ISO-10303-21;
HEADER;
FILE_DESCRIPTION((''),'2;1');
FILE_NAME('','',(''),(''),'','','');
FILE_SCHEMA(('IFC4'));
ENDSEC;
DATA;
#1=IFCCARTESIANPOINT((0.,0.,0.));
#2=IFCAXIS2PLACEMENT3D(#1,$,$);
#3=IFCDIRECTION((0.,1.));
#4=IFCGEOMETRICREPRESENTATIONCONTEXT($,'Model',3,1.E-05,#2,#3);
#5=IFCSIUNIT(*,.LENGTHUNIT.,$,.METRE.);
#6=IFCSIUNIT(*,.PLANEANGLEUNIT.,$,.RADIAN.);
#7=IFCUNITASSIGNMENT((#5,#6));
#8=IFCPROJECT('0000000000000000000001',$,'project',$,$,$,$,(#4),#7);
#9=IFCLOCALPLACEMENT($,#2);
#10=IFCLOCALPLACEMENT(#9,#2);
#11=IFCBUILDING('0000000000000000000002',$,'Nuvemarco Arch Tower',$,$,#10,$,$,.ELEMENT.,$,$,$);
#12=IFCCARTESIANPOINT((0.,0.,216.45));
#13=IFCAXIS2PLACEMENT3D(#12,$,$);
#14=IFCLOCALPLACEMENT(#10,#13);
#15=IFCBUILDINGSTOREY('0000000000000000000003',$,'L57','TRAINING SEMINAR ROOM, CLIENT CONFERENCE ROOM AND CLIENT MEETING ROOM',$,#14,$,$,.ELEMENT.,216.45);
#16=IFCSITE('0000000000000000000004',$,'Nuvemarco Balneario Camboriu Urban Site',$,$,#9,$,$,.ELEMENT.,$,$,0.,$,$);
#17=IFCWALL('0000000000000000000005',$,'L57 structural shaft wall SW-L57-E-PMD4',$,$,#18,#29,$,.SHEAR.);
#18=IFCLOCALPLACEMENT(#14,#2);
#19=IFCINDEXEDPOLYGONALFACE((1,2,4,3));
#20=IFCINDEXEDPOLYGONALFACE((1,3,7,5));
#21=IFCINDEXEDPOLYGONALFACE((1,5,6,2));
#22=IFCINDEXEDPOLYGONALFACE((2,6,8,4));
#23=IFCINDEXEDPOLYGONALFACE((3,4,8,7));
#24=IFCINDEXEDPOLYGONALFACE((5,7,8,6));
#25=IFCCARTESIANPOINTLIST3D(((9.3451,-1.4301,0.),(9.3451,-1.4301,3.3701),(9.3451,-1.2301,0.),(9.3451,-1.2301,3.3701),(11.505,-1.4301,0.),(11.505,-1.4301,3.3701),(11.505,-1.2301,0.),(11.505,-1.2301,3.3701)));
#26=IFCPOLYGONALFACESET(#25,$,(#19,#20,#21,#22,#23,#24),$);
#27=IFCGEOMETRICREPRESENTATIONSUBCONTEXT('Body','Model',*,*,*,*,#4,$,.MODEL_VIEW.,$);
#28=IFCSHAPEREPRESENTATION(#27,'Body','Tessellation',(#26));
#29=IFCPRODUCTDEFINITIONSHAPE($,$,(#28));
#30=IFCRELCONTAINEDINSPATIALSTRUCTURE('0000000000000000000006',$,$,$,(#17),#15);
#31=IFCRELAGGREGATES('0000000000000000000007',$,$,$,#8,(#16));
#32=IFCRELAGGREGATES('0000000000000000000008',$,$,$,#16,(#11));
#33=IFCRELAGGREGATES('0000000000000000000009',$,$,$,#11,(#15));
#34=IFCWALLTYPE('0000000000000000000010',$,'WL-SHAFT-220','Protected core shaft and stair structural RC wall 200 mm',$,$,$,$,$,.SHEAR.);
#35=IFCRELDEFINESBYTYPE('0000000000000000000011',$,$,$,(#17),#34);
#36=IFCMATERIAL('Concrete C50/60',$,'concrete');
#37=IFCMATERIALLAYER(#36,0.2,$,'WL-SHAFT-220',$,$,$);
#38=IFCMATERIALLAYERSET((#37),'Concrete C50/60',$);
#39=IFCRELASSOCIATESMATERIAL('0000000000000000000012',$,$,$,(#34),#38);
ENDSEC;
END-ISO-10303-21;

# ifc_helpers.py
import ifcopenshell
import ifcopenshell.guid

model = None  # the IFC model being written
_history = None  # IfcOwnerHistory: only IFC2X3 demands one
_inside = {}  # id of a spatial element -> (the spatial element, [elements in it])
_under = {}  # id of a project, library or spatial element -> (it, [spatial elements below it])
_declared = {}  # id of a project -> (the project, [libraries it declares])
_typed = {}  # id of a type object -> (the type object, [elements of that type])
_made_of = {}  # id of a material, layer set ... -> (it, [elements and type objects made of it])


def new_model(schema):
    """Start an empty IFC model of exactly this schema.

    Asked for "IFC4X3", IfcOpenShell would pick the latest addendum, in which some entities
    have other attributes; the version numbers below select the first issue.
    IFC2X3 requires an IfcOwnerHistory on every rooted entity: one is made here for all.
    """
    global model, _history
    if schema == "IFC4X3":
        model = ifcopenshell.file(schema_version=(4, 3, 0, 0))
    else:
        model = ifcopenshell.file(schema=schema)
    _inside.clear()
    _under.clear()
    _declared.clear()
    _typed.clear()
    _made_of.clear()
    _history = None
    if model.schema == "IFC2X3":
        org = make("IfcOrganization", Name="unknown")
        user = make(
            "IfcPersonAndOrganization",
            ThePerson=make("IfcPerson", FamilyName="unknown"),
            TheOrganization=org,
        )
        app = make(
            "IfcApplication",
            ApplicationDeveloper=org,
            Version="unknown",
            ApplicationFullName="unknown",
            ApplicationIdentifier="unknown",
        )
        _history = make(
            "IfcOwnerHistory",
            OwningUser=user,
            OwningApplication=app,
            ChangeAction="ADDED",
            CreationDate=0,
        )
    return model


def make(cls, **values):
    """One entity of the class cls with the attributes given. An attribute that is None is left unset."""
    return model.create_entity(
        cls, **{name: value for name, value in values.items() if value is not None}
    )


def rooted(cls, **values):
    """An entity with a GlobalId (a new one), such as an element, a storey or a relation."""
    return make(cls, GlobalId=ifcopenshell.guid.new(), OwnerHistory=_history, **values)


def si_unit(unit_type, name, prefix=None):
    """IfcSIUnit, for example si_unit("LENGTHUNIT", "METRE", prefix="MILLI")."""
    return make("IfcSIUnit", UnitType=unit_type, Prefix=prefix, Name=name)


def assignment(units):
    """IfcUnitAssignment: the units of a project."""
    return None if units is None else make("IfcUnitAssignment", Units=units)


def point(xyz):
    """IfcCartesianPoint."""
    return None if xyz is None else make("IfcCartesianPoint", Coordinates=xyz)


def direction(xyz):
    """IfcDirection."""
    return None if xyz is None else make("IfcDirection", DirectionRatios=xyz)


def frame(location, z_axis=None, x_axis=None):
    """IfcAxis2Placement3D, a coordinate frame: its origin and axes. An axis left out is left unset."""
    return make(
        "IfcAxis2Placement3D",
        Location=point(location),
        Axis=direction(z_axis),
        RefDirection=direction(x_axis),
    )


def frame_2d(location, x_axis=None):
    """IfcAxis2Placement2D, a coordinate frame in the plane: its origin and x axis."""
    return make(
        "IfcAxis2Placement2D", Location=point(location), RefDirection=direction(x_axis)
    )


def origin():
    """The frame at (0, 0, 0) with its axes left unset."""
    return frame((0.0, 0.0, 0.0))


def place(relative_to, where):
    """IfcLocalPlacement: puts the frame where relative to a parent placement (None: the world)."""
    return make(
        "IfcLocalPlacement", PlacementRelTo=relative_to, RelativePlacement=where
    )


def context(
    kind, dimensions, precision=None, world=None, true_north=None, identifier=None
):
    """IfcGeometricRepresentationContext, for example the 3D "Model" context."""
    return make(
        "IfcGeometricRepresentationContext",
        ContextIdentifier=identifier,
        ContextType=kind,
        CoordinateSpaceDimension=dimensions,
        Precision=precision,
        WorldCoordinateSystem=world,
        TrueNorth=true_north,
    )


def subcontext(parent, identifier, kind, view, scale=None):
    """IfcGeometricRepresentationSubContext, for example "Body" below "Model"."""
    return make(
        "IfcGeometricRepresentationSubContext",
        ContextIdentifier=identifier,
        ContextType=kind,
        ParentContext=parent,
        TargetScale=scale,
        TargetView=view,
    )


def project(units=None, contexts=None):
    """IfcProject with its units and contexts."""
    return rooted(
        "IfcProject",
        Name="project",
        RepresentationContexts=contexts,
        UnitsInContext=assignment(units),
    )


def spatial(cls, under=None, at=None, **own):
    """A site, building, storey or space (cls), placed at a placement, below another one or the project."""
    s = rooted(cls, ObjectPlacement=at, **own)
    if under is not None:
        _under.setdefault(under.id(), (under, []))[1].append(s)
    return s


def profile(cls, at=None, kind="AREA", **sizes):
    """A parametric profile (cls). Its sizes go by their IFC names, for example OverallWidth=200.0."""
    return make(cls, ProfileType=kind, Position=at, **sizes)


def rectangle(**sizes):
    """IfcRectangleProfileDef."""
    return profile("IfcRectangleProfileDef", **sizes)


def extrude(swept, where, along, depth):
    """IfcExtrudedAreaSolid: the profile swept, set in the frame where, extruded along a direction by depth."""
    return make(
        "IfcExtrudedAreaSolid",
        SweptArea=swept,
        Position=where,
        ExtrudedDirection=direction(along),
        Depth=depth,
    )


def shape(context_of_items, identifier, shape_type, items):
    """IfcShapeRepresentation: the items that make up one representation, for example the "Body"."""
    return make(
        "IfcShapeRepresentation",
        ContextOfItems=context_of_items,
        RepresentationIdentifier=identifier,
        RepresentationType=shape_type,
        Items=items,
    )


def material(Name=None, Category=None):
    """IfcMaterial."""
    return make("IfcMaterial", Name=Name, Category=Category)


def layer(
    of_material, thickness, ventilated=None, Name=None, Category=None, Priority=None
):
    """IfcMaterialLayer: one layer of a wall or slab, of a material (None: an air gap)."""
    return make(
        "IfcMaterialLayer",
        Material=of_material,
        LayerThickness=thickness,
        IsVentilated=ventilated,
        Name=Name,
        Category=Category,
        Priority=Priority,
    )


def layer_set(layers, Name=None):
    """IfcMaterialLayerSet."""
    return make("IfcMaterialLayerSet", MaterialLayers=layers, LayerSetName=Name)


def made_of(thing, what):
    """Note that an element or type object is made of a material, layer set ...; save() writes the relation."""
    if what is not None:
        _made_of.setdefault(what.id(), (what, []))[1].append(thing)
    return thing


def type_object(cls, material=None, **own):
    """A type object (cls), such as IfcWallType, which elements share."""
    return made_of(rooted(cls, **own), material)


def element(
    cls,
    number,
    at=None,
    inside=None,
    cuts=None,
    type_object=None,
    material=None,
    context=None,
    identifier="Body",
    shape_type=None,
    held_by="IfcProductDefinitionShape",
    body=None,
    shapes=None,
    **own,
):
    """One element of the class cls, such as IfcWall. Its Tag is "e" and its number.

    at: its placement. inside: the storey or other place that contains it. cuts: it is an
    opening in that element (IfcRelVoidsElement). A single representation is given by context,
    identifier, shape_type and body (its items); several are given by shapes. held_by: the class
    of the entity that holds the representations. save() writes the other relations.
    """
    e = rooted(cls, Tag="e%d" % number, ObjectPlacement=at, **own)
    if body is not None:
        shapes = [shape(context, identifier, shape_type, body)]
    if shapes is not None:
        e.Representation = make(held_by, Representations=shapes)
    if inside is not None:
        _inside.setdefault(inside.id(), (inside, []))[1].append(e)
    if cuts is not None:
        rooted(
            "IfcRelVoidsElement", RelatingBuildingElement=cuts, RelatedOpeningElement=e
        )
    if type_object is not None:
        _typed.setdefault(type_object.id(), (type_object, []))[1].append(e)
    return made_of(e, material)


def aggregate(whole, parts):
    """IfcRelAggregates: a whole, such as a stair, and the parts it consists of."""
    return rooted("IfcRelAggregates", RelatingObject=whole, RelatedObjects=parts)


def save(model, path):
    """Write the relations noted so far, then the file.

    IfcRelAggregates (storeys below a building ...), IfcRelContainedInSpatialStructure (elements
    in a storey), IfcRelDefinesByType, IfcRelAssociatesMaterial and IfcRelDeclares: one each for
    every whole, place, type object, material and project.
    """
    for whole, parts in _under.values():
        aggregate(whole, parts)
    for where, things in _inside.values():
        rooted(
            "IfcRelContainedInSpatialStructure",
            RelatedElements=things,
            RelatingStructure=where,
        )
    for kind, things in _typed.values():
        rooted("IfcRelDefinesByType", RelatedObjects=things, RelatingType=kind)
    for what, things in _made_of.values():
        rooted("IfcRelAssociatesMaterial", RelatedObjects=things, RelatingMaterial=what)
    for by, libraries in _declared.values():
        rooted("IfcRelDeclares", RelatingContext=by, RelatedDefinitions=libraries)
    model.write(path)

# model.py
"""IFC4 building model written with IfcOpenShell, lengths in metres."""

from ifc_helpers import new_model, si_unit, direction, frame, frame_2d, origin, place, context, subcontext, project, spatial, rectangle, extrude, material, layer, layer_set, type_object, element, save


model = new_model("IFC4")

# Units and contexts
model_context = context("Model", 3, precision=1e-05, world=origin(), true_north=direction((0.0, 1.0)))
body_context = subcontext(model_context, "Body", "Model", "MODEL_VIEW")
ifc_project = project(units=[si_unit("LENGTHUNIT", "METRE"), si_unit("PLANEANGLEUNIT", "RADIAN")], contexts=[model_context])

# Site, building, storey
site_placement = place(None, origin())
site = spatial("IfcSite", under=ifc_project, at=site_placement, Name="Nuvemarco Balneario Camboriu Urban Site", CompositionType="ELEMENT", RefElevation=0.0)
building_placement = place(site_placement, origin())
building = spatial("IfcBuilding", under=site, at=building_placement, Name="Nuvemarco Arch Tower", CompositionType="ELEMENT")
storey_placement = place(building_placement, frame((0.0, 0.0, 216.45)))
storey = spatial("IfcBuildingStorey", under=building, at=storey_placement, Name="L57", Description="TRAINING SEMINAR ROOM, CLIENT CONFERENCE ROOM AND CLIENT MEETING ROOM", CompositionType="ELEMENT", Elevation=216.45)

# Shared definitions
ifc_material_1 = material(Name="Concrete C50/60", Category="concrete")

# Shared definitions
ifc_layer_1 = layer(ifc_material_1, 0.2, Name="WL-SHAFT-220")
ifc_layer_set_1 = layer_set([ifc_layer_1], Name="Concrete C50/60")
wall_type_1 = type_object("IfcWallType", Name="WL-SHAFT-220", Description="Protected core shaft and stair structural RC wall 200 mm", PredefinedType="SHEAR", material=ifc_layer_set_1)

# Wall
for number, where, z_axis, x_axis, name in (
    (1, (9.345, -1.3301, 0.0), (0.0, 0.0, 1.0), (1.0, 0.0, 0.0), "L57 structural shaft wall SW-L57-E-PMD4"),
):
    element("IfcWall", number, at=place(storey_placement, frame(where, z_axis=z_axis, x_axis=x_axis)), inside=storey, type_object=wall_type_1, Name=name, PredefinedType="SHEAR", context=body_context, shape_type="SweptSolid", body=[
        extrude(rectangle(XDim=2.1599, YDim=0.2, at=frame_2d((1.0801, 0.0))), origin(), (0.0, 0.0, 1.0), 3.3701),
    ])

save(model, "model.ifc")
